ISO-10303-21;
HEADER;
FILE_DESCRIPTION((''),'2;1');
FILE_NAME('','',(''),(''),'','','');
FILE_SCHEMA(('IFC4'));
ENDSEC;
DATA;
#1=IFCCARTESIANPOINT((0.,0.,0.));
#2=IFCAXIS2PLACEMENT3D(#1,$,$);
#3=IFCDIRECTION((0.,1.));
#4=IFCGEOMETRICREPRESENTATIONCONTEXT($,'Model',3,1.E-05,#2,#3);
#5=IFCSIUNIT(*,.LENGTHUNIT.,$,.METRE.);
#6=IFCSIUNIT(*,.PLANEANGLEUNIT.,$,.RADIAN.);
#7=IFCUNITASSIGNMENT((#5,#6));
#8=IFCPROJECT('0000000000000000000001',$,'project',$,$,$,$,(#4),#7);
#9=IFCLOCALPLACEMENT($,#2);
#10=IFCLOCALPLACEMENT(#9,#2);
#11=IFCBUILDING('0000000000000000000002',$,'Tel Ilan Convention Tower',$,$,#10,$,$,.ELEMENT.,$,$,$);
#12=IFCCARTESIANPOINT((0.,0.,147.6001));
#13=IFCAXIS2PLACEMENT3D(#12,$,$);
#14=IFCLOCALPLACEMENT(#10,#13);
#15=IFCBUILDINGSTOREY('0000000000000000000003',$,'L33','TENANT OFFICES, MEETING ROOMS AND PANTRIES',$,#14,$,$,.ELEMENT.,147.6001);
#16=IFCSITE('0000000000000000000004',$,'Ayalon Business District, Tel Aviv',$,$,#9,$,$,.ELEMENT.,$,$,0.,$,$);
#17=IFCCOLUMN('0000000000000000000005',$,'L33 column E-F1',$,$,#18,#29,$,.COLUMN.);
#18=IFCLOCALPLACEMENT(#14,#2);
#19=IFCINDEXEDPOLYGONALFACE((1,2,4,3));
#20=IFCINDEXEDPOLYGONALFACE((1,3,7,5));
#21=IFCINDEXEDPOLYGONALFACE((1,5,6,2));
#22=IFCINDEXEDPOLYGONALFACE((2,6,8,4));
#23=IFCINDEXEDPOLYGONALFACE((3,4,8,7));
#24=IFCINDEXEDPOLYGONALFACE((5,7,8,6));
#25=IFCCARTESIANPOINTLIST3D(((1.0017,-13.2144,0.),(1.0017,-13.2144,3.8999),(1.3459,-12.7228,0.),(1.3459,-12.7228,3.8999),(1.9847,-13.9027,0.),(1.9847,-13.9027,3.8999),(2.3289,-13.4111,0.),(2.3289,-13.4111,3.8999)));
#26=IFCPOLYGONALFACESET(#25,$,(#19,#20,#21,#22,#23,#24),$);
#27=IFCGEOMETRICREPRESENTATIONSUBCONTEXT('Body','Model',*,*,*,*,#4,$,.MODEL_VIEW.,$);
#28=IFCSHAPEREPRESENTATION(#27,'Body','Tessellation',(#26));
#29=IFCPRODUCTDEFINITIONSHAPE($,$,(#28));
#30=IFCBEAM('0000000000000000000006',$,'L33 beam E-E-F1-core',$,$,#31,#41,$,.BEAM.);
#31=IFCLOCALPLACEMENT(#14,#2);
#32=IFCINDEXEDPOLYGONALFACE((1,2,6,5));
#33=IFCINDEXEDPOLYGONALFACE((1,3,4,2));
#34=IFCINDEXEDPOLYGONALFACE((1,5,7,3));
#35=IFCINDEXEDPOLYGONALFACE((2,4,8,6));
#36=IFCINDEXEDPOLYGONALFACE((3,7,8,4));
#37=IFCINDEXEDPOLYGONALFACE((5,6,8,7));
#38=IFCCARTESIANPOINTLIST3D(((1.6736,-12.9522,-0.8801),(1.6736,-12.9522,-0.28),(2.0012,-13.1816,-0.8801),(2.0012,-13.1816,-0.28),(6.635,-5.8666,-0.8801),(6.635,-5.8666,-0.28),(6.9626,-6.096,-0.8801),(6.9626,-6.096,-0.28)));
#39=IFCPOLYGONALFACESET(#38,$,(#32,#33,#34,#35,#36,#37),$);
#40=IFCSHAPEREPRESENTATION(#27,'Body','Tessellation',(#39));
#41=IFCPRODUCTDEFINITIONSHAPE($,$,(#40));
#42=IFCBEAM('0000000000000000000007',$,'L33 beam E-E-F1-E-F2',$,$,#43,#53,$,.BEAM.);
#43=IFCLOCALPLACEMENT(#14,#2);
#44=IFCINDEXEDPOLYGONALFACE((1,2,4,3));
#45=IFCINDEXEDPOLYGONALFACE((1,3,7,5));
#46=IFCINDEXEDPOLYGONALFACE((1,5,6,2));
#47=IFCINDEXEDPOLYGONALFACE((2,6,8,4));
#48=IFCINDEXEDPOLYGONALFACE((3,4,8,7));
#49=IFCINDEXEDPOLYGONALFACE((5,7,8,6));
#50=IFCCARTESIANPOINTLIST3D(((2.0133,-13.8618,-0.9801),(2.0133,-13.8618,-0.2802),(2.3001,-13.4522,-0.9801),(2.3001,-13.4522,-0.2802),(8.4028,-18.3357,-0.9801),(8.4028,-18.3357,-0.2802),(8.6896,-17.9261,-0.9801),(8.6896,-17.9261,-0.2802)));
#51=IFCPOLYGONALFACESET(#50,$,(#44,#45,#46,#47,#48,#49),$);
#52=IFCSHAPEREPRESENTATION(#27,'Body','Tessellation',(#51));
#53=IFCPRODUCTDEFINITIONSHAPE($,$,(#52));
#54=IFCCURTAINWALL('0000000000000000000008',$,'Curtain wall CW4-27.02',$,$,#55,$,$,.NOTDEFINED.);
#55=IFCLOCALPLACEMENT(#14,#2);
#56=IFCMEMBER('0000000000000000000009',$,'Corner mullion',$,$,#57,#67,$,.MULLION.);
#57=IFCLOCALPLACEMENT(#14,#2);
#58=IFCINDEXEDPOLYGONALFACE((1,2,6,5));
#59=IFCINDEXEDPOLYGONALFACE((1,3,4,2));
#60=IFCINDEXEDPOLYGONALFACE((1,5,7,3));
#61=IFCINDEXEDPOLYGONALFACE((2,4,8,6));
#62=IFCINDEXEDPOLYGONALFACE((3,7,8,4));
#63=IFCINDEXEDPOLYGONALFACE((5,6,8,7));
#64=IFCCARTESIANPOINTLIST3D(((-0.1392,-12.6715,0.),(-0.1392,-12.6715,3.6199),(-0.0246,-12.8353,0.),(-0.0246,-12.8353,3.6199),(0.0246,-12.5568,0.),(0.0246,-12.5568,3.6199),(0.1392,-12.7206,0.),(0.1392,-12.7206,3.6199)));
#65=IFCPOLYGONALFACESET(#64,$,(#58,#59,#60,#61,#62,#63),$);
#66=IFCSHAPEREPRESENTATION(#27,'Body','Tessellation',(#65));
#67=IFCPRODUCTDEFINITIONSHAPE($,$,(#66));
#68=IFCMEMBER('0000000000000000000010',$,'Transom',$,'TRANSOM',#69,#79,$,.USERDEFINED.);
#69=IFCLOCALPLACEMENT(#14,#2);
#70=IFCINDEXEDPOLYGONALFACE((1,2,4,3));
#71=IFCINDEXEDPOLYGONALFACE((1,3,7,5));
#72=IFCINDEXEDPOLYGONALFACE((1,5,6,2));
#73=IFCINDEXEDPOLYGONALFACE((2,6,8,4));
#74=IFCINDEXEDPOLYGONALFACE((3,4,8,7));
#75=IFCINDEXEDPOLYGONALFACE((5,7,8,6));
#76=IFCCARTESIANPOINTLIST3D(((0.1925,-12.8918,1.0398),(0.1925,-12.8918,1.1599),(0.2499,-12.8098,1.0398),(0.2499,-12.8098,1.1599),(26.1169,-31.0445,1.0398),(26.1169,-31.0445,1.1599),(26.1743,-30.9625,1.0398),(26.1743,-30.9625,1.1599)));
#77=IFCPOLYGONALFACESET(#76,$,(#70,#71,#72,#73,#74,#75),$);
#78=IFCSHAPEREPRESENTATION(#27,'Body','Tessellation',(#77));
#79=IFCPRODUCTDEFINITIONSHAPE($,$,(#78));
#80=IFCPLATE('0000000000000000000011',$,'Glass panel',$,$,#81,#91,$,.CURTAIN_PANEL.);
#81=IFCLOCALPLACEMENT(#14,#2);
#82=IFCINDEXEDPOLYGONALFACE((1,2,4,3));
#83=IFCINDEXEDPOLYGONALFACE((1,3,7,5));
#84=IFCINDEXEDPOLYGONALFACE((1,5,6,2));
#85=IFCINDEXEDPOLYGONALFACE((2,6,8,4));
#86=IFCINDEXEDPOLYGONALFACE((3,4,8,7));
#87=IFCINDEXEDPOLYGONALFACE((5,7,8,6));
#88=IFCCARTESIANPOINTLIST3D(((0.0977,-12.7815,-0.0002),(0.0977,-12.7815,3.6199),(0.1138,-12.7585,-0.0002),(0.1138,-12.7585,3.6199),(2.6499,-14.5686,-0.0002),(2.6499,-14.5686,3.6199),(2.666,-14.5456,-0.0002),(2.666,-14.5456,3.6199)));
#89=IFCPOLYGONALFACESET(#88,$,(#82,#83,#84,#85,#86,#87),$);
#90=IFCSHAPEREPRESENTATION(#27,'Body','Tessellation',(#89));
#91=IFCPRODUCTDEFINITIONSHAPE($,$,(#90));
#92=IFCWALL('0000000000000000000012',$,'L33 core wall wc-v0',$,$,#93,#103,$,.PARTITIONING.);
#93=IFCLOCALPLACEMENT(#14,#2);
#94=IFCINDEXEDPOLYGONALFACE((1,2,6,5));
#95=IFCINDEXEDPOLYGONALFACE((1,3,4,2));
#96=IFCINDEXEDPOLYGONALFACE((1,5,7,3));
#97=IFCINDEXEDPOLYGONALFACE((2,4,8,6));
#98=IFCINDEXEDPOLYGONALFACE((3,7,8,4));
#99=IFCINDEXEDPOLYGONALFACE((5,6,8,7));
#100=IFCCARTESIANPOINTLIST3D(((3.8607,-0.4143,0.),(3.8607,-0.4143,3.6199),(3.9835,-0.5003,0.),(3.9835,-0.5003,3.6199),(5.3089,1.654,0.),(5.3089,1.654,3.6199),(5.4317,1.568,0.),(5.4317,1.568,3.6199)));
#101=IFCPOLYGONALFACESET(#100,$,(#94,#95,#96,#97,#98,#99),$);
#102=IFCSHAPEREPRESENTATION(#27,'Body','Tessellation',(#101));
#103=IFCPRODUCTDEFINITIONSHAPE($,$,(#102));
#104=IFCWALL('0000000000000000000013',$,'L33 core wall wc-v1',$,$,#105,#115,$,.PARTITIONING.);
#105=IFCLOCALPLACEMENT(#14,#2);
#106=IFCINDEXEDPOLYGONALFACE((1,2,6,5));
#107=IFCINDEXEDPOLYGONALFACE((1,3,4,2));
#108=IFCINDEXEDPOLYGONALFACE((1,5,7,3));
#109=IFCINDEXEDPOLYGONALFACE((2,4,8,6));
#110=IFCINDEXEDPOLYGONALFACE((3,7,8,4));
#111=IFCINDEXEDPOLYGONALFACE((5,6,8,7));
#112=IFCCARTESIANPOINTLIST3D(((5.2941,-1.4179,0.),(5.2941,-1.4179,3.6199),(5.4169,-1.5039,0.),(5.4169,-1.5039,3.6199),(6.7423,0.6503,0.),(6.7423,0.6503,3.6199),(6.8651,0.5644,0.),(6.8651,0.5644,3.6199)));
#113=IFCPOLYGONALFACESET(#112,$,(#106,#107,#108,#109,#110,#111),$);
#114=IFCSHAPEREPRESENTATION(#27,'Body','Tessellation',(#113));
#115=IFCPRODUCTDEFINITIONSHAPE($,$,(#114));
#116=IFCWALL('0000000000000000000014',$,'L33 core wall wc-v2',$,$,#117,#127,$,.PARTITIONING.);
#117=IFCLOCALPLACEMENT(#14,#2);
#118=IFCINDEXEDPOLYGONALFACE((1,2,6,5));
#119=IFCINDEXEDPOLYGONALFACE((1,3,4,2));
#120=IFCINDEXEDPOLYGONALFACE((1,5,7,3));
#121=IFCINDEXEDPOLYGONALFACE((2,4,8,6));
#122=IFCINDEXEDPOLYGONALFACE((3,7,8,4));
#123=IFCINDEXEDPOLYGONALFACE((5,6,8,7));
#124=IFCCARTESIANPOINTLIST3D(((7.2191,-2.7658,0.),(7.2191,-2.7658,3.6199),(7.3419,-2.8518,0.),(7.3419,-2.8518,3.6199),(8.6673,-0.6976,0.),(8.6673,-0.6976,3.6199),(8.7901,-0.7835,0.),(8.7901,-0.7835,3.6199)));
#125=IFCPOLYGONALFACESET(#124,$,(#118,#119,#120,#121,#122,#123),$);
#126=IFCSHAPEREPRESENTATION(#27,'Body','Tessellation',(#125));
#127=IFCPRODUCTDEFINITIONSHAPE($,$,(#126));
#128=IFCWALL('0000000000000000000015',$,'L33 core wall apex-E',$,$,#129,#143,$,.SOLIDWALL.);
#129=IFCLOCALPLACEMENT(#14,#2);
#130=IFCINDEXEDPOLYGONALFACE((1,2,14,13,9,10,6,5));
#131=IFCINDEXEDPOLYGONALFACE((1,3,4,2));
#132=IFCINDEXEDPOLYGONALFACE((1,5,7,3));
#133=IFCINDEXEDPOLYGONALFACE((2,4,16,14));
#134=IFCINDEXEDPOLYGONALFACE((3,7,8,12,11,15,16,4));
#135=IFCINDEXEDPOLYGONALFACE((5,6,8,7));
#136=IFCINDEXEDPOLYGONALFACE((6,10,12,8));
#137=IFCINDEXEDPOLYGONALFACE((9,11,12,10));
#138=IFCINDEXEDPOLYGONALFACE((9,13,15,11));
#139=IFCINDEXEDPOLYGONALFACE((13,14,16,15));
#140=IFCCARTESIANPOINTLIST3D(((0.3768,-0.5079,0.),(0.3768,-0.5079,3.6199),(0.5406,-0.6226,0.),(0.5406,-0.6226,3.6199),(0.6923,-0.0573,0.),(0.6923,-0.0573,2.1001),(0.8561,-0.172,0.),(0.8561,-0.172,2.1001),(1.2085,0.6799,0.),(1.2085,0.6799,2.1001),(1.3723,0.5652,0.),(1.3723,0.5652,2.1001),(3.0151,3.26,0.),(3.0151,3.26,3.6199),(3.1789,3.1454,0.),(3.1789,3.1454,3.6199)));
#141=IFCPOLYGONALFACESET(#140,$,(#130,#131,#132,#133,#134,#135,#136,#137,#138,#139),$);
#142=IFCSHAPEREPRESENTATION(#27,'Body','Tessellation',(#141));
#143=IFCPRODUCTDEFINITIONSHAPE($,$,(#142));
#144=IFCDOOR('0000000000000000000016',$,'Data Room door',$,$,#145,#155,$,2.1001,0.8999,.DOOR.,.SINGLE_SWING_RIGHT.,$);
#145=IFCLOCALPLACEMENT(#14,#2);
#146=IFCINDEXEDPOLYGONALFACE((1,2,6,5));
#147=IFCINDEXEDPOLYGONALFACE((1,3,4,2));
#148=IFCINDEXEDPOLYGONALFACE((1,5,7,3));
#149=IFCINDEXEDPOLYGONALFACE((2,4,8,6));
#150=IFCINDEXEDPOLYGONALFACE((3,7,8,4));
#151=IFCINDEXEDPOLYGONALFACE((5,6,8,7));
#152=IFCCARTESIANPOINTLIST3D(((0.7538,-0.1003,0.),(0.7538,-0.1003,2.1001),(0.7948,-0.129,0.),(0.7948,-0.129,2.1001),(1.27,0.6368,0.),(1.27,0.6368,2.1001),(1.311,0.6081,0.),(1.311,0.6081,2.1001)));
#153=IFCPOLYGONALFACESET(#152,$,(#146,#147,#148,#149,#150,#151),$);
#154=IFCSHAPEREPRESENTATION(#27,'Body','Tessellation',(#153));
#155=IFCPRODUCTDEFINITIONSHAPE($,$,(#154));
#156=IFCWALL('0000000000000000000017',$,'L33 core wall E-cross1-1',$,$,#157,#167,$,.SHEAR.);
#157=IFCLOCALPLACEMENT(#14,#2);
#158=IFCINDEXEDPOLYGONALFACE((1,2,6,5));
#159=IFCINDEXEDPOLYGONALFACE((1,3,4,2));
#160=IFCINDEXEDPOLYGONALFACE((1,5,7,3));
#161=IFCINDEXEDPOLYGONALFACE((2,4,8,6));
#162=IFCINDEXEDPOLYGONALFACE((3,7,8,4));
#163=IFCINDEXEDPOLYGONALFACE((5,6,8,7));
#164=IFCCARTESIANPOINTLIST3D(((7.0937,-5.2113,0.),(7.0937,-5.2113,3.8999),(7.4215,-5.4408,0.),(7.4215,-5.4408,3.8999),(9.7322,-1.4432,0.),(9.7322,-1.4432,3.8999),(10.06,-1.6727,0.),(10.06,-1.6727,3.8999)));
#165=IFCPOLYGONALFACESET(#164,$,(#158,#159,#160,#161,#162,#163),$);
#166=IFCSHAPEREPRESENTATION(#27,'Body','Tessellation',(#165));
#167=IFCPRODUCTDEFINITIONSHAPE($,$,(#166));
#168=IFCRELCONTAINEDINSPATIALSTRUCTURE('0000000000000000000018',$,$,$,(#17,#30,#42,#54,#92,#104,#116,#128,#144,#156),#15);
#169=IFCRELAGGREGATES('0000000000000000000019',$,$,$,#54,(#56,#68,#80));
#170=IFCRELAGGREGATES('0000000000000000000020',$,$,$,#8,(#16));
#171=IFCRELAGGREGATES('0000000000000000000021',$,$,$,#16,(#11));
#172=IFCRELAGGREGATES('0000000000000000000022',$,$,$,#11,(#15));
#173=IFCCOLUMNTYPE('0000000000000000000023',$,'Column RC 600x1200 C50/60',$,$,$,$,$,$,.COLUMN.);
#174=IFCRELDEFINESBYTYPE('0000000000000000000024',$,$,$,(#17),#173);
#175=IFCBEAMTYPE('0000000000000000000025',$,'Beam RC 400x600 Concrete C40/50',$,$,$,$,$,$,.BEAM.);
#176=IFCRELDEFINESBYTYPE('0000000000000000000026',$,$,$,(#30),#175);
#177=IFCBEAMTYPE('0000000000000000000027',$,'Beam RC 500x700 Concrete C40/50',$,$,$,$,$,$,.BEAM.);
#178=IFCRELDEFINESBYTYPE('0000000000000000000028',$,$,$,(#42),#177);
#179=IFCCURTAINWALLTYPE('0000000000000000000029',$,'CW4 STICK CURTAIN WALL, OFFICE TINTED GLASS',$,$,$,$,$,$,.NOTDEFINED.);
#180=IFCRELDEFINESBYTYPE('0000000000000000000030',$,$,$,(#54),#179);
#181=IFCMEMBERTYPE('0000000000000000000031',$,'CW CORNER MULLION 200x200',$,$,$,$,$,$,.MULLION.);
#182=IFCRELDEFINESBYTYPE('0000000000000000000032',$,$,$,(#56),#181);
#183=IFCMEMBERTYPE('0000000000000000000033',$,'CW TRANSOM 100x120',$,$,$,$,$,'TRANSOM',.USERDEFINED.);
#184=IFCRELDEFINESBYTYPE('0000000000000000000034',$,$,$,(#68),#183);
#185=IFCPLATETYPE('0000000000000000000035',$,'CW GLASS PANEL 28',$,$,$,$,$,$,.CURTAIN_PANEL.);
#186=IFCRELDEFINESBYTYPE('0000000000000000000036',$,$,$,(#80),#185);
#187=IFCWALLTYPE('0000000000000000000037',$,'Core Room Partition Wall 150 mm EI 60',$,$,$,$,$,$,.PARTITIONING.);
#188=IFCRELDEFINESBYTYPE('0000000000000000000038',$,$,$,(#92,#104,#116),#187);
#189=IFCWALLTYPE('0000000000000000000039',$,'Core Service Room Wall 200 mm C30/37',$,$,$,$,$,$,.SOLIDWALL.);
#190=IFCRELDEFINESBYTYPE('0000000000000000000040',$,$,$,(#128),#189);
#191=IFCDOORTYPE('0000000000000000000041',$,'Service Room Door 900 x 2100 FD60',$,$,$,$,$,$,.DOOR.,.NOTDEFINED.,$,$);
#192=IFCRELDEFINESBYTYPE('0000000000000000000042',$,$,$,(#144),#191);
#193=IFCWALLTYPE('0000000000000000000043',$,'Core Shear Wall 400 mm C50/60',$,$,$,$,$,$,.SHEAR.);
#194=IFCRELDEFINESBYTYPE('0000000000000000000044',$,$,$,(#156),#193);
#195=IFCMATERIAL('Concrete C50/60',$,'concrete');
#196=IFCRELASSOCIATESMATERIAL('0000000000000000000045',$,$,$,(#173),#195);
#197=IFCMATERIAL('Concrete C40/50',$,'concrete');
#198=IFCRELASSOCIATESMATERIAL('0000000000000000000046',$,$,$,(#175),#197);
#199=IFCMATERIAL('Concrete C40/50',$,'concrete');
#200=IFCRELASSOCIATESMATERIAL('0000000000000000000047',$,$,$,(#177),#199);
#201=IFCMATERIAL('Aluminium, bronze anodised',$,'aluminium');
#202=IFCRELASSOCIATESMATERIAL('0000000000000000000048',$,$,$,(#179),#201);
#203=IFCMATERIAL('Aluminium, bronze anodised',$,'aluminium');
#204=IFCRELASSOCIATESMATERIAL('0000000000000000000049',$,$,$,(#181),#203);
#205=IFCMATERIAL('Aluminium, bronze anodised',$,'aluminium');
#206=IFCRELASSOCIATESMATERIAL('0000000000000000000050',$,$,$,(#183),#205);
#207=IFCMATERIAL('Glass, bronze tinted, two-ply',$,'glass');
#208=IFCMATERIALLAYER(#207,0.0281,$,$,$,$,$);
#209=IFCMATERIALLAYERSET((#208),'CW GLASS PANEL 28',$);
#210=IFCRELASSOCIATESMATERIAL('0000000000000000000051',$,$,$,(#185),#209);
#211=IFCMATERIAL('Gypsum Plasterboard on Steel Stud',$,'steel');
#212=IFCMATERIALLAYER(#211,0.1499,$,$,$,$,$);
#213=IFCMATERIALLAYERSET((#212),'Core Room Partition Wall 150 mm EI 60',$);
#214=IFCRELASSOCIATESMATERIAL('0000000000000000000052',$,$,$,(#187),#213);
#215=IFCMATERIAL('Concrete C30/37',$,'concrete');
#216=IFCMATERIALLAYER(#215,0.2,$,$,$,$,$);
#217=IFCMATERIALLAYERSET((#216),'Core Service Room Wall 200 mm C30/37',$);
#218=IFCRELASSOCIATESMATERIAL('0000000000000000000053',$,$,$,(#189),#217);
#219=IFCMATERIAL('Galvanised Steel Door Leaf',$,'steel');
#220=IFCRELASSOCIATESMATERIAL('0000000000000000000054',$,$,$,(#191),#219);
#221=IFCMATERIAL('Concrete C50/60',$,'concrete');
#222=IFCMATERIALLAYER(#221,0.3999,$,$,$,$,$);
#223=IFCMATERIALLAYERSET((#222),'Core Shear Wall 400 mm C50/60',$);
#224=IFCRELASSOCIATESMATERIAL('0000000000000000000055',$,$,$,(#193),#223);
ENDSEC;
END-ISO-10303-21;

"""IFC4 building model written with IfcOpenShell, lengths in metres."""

from ifc_helpers import new_model, si_unit, direction, frame, frame_2d, origin, origin_2d, place, context, subcontext, project, spatial, polyline, rectangle, outline, extrude, material, layer, layer_set, material_profile, profile_set, type_object, element, fill, aggregate, save


model = new_model("IFC4")

# Units and contexts
model_context = context("Model", 3, precision=1e-05, world=origin(), true_north=direction((0.0, 1.0)))
body_context = subcontext(model_context, "Body", "Model", "MODEL_VIEW")
ifc_project = project(units=[si_unit("LENGTHUNIT", "METRE"), si_unit("PLANEANGLEUNIT", "RADIAN")], contexts=[model_context])

# Site, building, storey
site_placement = place(None, origin())
site = spatial("IfcSite", under=ifc_project, at=site_placement, Name="Ayalon Business District, Tel Aviv", CompositionType="ELEMENT", RefElevation=0.0)
building_placement = place(site_placement, origin())
building = spatial("IfcBuilding", under=site, at=building_placement, Name="Tel Ilan Convention Tower", CompositionType="ELEMENT")
storey_placement = place(building_placement, frame((0.0, 0.0, 147.6001)))
storey = spatial("IfcBuildingStorey", under=building, at=storey_placement, Name="L33", Description="TENANT OFFICES, MEETING ROOMS AND PANTRIES", CompositionType="ELEMENT", Elevation=147.6001)

# Column
ifc_material_1 = material(Name="Concrete C50/60", Category="concrete")
ifc_material_profile_1 = material_profile(ifc_material_1, rectangle(XDim=1.2, YDim=0.6001, at=origin_2d()), Name="RC 600x1200")
ifc_profile_set_1 = profile_set([ifc_material_profile_1], Name="Concrete C50/60")
column_type = type_object("IfcColumnType", Name="Column RC 600x1200 C50/60", PredefinedType="COLUMN", material=ifc_profile_set_1)
column_placement = place(storey_placement, frame((1.6653, -13.3127, 0.0), z_axis=(0.0, 0.0, 1.0), x_axis=(0.819152, -0.573576, 0.0)))
element("IfcColumn", 1, at=column_placement, inside=storey, type_object=column_type, Name="L33 column E-F1", PredefinedType="COLUMN", context=body_context, shape_type="SweptSolid", body=[
    extrude(rectangle(XDim=1.2, YDim=0.6001, at=origin_2d()), origin(), (0.0, 0.0, 1.0), 3.8999),
])

# Beams
ifc_material_2 = material(Name="Concrete C40/50", Category="concrete")
ifc_material_profile_2 = material_profile(ifc_material_2, rectangle(XDim=0.3999, YDim=0.6001, at=origin_2d()), Name="RC 400x600")
ifc_profile_set_2 = profile_set([ifc_material_profile_2], Name="Concrete C40/50")
beam_type_1 = type_object("IfcBeamType", Name="Beam RC 400x600 Concrete C40/50", PredefinedType="BEAM", material=ifc_profile_set_2)
beam_1_placement = place(storey_placement, frame((1.8374, -13.0669, -0.5801), z_axis=(0.573574, 0.819154, 0.0), x_axis=(-0.819154, 0.573574, 0.0)))
element("IfcBeam", 2, at=beam_1_placement, inside=storey, type_object=beam_type_1, Name="L33 beam E-E-F1-core", PredefinedType="BEAM", context=body_context, shape_type="SweptSolid", body=[
    extrude(rectangle(XDim=0.3999, YDim=0.6001, at=origin_2d()), origin(), (0.0, 0.0, 1.0), 8.6499),
])
ifc_material_3 = material(Name="Concrete C40/50", Category="concrete")
ifc_material_profile_3 = material_profile(ifc_material_3, rectangle(XDim=0.5, YDim=0.7, at=origin_2d()), Name="RC 500x700")
ifc_profile_set_3 = profile_set([ifc_material_profile_3], Name="Concrete C40/50")
beam_type_2 = type_object("IfcBeamType", Name="Beam RC 500x700 Concrete C40/50", PredefinedType="BEAM", material=ifc_profile_set_3)
beam_2_placement = place(storey_placement, frame((2.1567, -13.657, -0.6301), z_axis=(0.819154, -0.573574, 0.0), x_axis=(0.573574, 0.819154, 0.0)))
element("IfcBeam", 3, at=beam_2_placement, inside=storey, type_object=beam_type_2, Name="L33 beam E-E-F1-E-F2", PredefinedType="BEAM", context=body_context, shape_type="SweptSolid", body=[
    extrude(rectangle(XDim=0.5, YDim=0.7, at=origin_2d()), origin(), (0.0, 0.0, 1.0), 7.8),
])

# Curtain wall, members, plate
ifc_material_4 = material(Name="Aluminium, bronze anodised", Category="aluminium")
curtain_wall_type = type_object("IfcCurtainWallType", Name="CW4 STICK CURTAIN WALL, OFFICE TINTED GLASS", PredefinedType="NOTDEFINED", material=ifc_material_4)
curtain_wall_placement = place(storey_placement, origin())
curtain_wall = element("IfcCurtainWall", 4, at=curtain_wall_placement, inside=storey, type_object=curtain_wall_type, Name="Curtain wall CW4-27.02", PredefinedType="NOTDEFINED")
ifc_material_5 = material(Name="Aluminium, bronze anodised", Category="aluminium")
ifc_material_profile_4 = material_profile(ifc_material_5, rectangle(XDim=0.2, YDim=0.2, at=origin_2d()), Name="CW CORNER MULLION 200x200")
ifc_profile_set_4 = profile_set([ifc_material_profile_4], Name="Aluminium, bronze anodised")
member_type_1 = type_object("IfcMemberType", Name="CW CORNER MULLION 200x200", PredefinedType="MULLION", material=ifc_profile_set_4)
member_1_placement = place(storey_placement, frame((0.0, -12.696, 0.0), z_axis=(0.0, 0.0, 1.0), x_axis=(0.819152, 0.573576, 0.0)))
member_1 = element("IfcMember", 5, at=member_1_placement, type_object=member_type_1, Name="Corner mullion", PredefinedType="MULLION", context=body_context, shape_type="SweptSolid", body=[
    extrude(rectangle(XDim=0.2, YDim=0.2, at=origin_2d()), origin(), (0.0, 0.0, 1.0), 3.6199),
])
ifc_material_6 = material(Name="Aluminium, bronze anodised", Category="aluminium")
ifc_material_profile_5 = material_profile(ifc_material_6, rectangle(XDim=0.1001, YDim=0.1201, at=origin_2d()), Name="CW TRANSOM 100x120")
ifc_profile_set_5 = profile_set([ifc_material_profile_5], Name="Aluminium, bronze anodised")
member_type_2 = type_object("IfcMemberType", Name="CW TRANSOM 100x120", ElementType="TRANSOM", PredefinedType="USERDEFINED", material=ifc_profile_set_5)
member_2_placement = place(storey_placement, frame((0.2212, -12.8508, 1.0999), z_axis=(0.819149, -0.57358, 0.0), x_axis=(0.57358, 0.819149, 0.0)))
member_2 = element("IfcMember", 6, at=member_2_placement, type_object=member_type_2, Name="Transom", ObjectType="TRANSOM", PredefinedType="USERDEFINED", context=body_context, shape_type="SweptSolid", body=[
    extrude(rectangle(XDim=0.1001, YDim=0.1201, at=origin_2d()), origin(), (0.0, 0.0, 1.0), 31.6479),
])
ifc_material_7 = material(Name="Glass, bronze tinted, two-ply", Category="glass")
ifc_layer_1 = layer(ifc_material_7, 0.0281)
ifc_layer_set_1 = layer_set([ifc_layer_1], Name="CW GLASS PANEL 28")
plate_type = type_object("IfcPlateType", Name="CW GLASS PANEL 28", PredefinedType="CURTAIN_PANEL", material=ifc_layer_set_1)
plate_placement = place(storey_placement, frame((1.3818, -13.6636, -0.0002), z_axis=(0.0, 0.0, 1.0), x_axis=(0.819152, -0.573576, 0.0)))
plate = element("IfcPlate", 7, at=plate_placement, type_object=plate_type, Name="Glass panel", PredefinedType="CURTAIN_PANEL", context=body_context, shape_type="SweptSolid", body=[
    extrude(rectangle(XDim=3.1157, YDim=0.0281, at=origin_2d()), origin(), (0.0, 0.0, 1.0), 3.6201),
])
aggregate(curtain_wall, [member_1, member_2, plate])

# Walls
ifc_material_8 = material(Name="Gypsum Plasterboard on Steel Stud", Category="steel")
ifc_layer_2 = layer(ifc_material_8, 0.1499)
ifc_layer_set_2 = layer_set([ifc_layer_2], Name="Core Room Partition Wall 150 mm EI 60")
wall_type_1 = type_object("IfcWallType", Name="Core Room Partition Wall 150 mm EI 60", PredefinedType="PARTITIONING", material=ifc_layer_set_2)
for number, where, z_axis, x_axis, name in (
    (8, (3.9221, -0.4573, 0.0), (0.0, 0.0, 1.0), (0.573566, 0.819159, 0.0), "L33 core wall wc-v0"),
    (9, (5.3555, -1.4609, 0.0), (0.0, 0.0, 1.0), (0.573566, 0.819159, 0.0), "L33 core wall wc-v1"),
    (10, (7.2805, -2.8088, 0.0), (0.0, 0.0, 1.0), (0.573566, 0.819159, 0.0), "L33 core wall wc-v2"),
):
    element("IfcWall", number, at=place(storey_placement, frame(where, z_axis=z_axis, x_axis=x_axis)), inside=storey, type_object=wall_type_1, Name=name, PredefinedType="PARTITIONING", context=body_context, shape_type="SweptSolid", body=[
        extrude(rectangle(XDim=2.5249, YDim=0.1499, at=frame_2d((1.2625, 0.0))), origin(), (0.0, 0.0, 1.0), 3.6199),
    ])

# Wall, opening, door
ifc_material_9 = material(Name="Concrete C30/37", Category="concrete")
ifc_layer_3 = layer(ifc_material_9, 0.2)
ifc_layer_set_3 = layer_set([ifc_layer_3], Name="Core Service Room Wall 200 mm C30/37")
wall_type_2 = type_object("IfcWallType", Name="Core Service Room Wall 200 mm C30/37", PredefinedType="SOLIDWALL", material=ifc_layer_set_3)
wall_1_placement = place(storey_placement, frame((0.4587, -0.5652, 0.0), z_axis=(0.0, 0.0, 1.0), x_axis=(0.573576, 0.819152, 0.0)))
wall_1 = element("IfcWall", 11, at=wall_1_placement, inside=storey, type_object=wall_type_2, Name="L33 core wall apex-E", PredefinedType="SOLIDWALL", context=body_context, shape_type="SweptSolid", body=[
    extrude(rectangle(XDim=4.5999, YDim=0.2, at=frame_2d((2.2998, 0.0))), origin(), (0.0, 0.0, 1.0), 3.6199),
])
opening_1_placement = place(wall_1_placement, frame((0.55, 0.0, 0.0)))
opening_1 = element("IfcOpeningElement", 12, at=opening_1_placement, cuts=wall_1, PredefinedType="OPENING", context=body_context, shape_type="SweptSolid", body=[
    extrude(rectangle(XDim=0.8999, YDim=2.1001, at=frame_2d((0.45, 1.05))), frame((0.0, 0.1099, 0.0), z_axis=(0.0, -1.0, 0.0), x_axis=(1.0, 0.0, 0.0)), (0.0, 0.0, 1.0), 0.22),
])
ifc_material_10 = material(Name="Galvanised Steel Door Leaf", Category="steel")
door_type_1 = type_object("IfcDoorType", Name="Service Room Door 900 x 2100 FD60", OperationType="NOTDEFINED", PredefinedType="DOOR", material=ifc_material_10)
door_1_placement = place(opening_1_placement, origin())
door_1 = element("IfcDoor", 13, at=door_1_placement, inside=storey, type_object=door_type_1, Name="Data Room door", OperationType="SINGLE_SWING_RIGHT", OverallHeight=2.1001, OverallWidth=0.8999, PredefinedType="DOOR", context=body_context, shape_type="SweptSolid", body=[
    extrude(rectangle(XDim=0.8999, YDim=2.1001, at=frame_2d((0.45, 1.05))), frame((0.0, 0.0249, 0.0), z_axis=(0.0, -1.0, 0.0), x_axis=(1.0, 0.0, 0.0)), (0.0, 0.0, 1.0), 0.05),
])
fill(opening_1, door_1)

# Wall
ifc_material_11 = material(Name="Concrete C50/60", Category="concrete")
ifc_layer_4 = layer(ifc_material_11, 0.3999)
ifc_layer_set_4 = layer_set([ifc_layer_4], Name="Core Shear Wall 400 mm C50/60")
wall_type_3 = type_object("IfcWallType", Name="Core Shear Wall 400 mm C50/60", PredefinedType="SHEAR", material=ifc_layer_set_4)
wall_2_placement = place(storey_placement, frame((7.2578, -5.3259, 0.0), z_axis=(0.0, 0.0, 1.0), x_axis=(0.573541, 0.819177, 0.0)))
element("IfcWall", 14, at=wall_2_placement, inside=storey, type_object=wall_type_3, Name="L33 core wall E-cross1-1", PredefinedType="SHEAR", context=body_context, shape_type="SweptSolid", body=[
    extrude(outline(polyline([(-0.0002, 0.2002), (-0.0002, -0.2), (4.5999, -0.2002), (4.5999, 0.2), (-0.0002, 0.2002)])), origin(), (0.0, 0.0, 1.0), 3.8999),
])

save(model, "model.ifc")
